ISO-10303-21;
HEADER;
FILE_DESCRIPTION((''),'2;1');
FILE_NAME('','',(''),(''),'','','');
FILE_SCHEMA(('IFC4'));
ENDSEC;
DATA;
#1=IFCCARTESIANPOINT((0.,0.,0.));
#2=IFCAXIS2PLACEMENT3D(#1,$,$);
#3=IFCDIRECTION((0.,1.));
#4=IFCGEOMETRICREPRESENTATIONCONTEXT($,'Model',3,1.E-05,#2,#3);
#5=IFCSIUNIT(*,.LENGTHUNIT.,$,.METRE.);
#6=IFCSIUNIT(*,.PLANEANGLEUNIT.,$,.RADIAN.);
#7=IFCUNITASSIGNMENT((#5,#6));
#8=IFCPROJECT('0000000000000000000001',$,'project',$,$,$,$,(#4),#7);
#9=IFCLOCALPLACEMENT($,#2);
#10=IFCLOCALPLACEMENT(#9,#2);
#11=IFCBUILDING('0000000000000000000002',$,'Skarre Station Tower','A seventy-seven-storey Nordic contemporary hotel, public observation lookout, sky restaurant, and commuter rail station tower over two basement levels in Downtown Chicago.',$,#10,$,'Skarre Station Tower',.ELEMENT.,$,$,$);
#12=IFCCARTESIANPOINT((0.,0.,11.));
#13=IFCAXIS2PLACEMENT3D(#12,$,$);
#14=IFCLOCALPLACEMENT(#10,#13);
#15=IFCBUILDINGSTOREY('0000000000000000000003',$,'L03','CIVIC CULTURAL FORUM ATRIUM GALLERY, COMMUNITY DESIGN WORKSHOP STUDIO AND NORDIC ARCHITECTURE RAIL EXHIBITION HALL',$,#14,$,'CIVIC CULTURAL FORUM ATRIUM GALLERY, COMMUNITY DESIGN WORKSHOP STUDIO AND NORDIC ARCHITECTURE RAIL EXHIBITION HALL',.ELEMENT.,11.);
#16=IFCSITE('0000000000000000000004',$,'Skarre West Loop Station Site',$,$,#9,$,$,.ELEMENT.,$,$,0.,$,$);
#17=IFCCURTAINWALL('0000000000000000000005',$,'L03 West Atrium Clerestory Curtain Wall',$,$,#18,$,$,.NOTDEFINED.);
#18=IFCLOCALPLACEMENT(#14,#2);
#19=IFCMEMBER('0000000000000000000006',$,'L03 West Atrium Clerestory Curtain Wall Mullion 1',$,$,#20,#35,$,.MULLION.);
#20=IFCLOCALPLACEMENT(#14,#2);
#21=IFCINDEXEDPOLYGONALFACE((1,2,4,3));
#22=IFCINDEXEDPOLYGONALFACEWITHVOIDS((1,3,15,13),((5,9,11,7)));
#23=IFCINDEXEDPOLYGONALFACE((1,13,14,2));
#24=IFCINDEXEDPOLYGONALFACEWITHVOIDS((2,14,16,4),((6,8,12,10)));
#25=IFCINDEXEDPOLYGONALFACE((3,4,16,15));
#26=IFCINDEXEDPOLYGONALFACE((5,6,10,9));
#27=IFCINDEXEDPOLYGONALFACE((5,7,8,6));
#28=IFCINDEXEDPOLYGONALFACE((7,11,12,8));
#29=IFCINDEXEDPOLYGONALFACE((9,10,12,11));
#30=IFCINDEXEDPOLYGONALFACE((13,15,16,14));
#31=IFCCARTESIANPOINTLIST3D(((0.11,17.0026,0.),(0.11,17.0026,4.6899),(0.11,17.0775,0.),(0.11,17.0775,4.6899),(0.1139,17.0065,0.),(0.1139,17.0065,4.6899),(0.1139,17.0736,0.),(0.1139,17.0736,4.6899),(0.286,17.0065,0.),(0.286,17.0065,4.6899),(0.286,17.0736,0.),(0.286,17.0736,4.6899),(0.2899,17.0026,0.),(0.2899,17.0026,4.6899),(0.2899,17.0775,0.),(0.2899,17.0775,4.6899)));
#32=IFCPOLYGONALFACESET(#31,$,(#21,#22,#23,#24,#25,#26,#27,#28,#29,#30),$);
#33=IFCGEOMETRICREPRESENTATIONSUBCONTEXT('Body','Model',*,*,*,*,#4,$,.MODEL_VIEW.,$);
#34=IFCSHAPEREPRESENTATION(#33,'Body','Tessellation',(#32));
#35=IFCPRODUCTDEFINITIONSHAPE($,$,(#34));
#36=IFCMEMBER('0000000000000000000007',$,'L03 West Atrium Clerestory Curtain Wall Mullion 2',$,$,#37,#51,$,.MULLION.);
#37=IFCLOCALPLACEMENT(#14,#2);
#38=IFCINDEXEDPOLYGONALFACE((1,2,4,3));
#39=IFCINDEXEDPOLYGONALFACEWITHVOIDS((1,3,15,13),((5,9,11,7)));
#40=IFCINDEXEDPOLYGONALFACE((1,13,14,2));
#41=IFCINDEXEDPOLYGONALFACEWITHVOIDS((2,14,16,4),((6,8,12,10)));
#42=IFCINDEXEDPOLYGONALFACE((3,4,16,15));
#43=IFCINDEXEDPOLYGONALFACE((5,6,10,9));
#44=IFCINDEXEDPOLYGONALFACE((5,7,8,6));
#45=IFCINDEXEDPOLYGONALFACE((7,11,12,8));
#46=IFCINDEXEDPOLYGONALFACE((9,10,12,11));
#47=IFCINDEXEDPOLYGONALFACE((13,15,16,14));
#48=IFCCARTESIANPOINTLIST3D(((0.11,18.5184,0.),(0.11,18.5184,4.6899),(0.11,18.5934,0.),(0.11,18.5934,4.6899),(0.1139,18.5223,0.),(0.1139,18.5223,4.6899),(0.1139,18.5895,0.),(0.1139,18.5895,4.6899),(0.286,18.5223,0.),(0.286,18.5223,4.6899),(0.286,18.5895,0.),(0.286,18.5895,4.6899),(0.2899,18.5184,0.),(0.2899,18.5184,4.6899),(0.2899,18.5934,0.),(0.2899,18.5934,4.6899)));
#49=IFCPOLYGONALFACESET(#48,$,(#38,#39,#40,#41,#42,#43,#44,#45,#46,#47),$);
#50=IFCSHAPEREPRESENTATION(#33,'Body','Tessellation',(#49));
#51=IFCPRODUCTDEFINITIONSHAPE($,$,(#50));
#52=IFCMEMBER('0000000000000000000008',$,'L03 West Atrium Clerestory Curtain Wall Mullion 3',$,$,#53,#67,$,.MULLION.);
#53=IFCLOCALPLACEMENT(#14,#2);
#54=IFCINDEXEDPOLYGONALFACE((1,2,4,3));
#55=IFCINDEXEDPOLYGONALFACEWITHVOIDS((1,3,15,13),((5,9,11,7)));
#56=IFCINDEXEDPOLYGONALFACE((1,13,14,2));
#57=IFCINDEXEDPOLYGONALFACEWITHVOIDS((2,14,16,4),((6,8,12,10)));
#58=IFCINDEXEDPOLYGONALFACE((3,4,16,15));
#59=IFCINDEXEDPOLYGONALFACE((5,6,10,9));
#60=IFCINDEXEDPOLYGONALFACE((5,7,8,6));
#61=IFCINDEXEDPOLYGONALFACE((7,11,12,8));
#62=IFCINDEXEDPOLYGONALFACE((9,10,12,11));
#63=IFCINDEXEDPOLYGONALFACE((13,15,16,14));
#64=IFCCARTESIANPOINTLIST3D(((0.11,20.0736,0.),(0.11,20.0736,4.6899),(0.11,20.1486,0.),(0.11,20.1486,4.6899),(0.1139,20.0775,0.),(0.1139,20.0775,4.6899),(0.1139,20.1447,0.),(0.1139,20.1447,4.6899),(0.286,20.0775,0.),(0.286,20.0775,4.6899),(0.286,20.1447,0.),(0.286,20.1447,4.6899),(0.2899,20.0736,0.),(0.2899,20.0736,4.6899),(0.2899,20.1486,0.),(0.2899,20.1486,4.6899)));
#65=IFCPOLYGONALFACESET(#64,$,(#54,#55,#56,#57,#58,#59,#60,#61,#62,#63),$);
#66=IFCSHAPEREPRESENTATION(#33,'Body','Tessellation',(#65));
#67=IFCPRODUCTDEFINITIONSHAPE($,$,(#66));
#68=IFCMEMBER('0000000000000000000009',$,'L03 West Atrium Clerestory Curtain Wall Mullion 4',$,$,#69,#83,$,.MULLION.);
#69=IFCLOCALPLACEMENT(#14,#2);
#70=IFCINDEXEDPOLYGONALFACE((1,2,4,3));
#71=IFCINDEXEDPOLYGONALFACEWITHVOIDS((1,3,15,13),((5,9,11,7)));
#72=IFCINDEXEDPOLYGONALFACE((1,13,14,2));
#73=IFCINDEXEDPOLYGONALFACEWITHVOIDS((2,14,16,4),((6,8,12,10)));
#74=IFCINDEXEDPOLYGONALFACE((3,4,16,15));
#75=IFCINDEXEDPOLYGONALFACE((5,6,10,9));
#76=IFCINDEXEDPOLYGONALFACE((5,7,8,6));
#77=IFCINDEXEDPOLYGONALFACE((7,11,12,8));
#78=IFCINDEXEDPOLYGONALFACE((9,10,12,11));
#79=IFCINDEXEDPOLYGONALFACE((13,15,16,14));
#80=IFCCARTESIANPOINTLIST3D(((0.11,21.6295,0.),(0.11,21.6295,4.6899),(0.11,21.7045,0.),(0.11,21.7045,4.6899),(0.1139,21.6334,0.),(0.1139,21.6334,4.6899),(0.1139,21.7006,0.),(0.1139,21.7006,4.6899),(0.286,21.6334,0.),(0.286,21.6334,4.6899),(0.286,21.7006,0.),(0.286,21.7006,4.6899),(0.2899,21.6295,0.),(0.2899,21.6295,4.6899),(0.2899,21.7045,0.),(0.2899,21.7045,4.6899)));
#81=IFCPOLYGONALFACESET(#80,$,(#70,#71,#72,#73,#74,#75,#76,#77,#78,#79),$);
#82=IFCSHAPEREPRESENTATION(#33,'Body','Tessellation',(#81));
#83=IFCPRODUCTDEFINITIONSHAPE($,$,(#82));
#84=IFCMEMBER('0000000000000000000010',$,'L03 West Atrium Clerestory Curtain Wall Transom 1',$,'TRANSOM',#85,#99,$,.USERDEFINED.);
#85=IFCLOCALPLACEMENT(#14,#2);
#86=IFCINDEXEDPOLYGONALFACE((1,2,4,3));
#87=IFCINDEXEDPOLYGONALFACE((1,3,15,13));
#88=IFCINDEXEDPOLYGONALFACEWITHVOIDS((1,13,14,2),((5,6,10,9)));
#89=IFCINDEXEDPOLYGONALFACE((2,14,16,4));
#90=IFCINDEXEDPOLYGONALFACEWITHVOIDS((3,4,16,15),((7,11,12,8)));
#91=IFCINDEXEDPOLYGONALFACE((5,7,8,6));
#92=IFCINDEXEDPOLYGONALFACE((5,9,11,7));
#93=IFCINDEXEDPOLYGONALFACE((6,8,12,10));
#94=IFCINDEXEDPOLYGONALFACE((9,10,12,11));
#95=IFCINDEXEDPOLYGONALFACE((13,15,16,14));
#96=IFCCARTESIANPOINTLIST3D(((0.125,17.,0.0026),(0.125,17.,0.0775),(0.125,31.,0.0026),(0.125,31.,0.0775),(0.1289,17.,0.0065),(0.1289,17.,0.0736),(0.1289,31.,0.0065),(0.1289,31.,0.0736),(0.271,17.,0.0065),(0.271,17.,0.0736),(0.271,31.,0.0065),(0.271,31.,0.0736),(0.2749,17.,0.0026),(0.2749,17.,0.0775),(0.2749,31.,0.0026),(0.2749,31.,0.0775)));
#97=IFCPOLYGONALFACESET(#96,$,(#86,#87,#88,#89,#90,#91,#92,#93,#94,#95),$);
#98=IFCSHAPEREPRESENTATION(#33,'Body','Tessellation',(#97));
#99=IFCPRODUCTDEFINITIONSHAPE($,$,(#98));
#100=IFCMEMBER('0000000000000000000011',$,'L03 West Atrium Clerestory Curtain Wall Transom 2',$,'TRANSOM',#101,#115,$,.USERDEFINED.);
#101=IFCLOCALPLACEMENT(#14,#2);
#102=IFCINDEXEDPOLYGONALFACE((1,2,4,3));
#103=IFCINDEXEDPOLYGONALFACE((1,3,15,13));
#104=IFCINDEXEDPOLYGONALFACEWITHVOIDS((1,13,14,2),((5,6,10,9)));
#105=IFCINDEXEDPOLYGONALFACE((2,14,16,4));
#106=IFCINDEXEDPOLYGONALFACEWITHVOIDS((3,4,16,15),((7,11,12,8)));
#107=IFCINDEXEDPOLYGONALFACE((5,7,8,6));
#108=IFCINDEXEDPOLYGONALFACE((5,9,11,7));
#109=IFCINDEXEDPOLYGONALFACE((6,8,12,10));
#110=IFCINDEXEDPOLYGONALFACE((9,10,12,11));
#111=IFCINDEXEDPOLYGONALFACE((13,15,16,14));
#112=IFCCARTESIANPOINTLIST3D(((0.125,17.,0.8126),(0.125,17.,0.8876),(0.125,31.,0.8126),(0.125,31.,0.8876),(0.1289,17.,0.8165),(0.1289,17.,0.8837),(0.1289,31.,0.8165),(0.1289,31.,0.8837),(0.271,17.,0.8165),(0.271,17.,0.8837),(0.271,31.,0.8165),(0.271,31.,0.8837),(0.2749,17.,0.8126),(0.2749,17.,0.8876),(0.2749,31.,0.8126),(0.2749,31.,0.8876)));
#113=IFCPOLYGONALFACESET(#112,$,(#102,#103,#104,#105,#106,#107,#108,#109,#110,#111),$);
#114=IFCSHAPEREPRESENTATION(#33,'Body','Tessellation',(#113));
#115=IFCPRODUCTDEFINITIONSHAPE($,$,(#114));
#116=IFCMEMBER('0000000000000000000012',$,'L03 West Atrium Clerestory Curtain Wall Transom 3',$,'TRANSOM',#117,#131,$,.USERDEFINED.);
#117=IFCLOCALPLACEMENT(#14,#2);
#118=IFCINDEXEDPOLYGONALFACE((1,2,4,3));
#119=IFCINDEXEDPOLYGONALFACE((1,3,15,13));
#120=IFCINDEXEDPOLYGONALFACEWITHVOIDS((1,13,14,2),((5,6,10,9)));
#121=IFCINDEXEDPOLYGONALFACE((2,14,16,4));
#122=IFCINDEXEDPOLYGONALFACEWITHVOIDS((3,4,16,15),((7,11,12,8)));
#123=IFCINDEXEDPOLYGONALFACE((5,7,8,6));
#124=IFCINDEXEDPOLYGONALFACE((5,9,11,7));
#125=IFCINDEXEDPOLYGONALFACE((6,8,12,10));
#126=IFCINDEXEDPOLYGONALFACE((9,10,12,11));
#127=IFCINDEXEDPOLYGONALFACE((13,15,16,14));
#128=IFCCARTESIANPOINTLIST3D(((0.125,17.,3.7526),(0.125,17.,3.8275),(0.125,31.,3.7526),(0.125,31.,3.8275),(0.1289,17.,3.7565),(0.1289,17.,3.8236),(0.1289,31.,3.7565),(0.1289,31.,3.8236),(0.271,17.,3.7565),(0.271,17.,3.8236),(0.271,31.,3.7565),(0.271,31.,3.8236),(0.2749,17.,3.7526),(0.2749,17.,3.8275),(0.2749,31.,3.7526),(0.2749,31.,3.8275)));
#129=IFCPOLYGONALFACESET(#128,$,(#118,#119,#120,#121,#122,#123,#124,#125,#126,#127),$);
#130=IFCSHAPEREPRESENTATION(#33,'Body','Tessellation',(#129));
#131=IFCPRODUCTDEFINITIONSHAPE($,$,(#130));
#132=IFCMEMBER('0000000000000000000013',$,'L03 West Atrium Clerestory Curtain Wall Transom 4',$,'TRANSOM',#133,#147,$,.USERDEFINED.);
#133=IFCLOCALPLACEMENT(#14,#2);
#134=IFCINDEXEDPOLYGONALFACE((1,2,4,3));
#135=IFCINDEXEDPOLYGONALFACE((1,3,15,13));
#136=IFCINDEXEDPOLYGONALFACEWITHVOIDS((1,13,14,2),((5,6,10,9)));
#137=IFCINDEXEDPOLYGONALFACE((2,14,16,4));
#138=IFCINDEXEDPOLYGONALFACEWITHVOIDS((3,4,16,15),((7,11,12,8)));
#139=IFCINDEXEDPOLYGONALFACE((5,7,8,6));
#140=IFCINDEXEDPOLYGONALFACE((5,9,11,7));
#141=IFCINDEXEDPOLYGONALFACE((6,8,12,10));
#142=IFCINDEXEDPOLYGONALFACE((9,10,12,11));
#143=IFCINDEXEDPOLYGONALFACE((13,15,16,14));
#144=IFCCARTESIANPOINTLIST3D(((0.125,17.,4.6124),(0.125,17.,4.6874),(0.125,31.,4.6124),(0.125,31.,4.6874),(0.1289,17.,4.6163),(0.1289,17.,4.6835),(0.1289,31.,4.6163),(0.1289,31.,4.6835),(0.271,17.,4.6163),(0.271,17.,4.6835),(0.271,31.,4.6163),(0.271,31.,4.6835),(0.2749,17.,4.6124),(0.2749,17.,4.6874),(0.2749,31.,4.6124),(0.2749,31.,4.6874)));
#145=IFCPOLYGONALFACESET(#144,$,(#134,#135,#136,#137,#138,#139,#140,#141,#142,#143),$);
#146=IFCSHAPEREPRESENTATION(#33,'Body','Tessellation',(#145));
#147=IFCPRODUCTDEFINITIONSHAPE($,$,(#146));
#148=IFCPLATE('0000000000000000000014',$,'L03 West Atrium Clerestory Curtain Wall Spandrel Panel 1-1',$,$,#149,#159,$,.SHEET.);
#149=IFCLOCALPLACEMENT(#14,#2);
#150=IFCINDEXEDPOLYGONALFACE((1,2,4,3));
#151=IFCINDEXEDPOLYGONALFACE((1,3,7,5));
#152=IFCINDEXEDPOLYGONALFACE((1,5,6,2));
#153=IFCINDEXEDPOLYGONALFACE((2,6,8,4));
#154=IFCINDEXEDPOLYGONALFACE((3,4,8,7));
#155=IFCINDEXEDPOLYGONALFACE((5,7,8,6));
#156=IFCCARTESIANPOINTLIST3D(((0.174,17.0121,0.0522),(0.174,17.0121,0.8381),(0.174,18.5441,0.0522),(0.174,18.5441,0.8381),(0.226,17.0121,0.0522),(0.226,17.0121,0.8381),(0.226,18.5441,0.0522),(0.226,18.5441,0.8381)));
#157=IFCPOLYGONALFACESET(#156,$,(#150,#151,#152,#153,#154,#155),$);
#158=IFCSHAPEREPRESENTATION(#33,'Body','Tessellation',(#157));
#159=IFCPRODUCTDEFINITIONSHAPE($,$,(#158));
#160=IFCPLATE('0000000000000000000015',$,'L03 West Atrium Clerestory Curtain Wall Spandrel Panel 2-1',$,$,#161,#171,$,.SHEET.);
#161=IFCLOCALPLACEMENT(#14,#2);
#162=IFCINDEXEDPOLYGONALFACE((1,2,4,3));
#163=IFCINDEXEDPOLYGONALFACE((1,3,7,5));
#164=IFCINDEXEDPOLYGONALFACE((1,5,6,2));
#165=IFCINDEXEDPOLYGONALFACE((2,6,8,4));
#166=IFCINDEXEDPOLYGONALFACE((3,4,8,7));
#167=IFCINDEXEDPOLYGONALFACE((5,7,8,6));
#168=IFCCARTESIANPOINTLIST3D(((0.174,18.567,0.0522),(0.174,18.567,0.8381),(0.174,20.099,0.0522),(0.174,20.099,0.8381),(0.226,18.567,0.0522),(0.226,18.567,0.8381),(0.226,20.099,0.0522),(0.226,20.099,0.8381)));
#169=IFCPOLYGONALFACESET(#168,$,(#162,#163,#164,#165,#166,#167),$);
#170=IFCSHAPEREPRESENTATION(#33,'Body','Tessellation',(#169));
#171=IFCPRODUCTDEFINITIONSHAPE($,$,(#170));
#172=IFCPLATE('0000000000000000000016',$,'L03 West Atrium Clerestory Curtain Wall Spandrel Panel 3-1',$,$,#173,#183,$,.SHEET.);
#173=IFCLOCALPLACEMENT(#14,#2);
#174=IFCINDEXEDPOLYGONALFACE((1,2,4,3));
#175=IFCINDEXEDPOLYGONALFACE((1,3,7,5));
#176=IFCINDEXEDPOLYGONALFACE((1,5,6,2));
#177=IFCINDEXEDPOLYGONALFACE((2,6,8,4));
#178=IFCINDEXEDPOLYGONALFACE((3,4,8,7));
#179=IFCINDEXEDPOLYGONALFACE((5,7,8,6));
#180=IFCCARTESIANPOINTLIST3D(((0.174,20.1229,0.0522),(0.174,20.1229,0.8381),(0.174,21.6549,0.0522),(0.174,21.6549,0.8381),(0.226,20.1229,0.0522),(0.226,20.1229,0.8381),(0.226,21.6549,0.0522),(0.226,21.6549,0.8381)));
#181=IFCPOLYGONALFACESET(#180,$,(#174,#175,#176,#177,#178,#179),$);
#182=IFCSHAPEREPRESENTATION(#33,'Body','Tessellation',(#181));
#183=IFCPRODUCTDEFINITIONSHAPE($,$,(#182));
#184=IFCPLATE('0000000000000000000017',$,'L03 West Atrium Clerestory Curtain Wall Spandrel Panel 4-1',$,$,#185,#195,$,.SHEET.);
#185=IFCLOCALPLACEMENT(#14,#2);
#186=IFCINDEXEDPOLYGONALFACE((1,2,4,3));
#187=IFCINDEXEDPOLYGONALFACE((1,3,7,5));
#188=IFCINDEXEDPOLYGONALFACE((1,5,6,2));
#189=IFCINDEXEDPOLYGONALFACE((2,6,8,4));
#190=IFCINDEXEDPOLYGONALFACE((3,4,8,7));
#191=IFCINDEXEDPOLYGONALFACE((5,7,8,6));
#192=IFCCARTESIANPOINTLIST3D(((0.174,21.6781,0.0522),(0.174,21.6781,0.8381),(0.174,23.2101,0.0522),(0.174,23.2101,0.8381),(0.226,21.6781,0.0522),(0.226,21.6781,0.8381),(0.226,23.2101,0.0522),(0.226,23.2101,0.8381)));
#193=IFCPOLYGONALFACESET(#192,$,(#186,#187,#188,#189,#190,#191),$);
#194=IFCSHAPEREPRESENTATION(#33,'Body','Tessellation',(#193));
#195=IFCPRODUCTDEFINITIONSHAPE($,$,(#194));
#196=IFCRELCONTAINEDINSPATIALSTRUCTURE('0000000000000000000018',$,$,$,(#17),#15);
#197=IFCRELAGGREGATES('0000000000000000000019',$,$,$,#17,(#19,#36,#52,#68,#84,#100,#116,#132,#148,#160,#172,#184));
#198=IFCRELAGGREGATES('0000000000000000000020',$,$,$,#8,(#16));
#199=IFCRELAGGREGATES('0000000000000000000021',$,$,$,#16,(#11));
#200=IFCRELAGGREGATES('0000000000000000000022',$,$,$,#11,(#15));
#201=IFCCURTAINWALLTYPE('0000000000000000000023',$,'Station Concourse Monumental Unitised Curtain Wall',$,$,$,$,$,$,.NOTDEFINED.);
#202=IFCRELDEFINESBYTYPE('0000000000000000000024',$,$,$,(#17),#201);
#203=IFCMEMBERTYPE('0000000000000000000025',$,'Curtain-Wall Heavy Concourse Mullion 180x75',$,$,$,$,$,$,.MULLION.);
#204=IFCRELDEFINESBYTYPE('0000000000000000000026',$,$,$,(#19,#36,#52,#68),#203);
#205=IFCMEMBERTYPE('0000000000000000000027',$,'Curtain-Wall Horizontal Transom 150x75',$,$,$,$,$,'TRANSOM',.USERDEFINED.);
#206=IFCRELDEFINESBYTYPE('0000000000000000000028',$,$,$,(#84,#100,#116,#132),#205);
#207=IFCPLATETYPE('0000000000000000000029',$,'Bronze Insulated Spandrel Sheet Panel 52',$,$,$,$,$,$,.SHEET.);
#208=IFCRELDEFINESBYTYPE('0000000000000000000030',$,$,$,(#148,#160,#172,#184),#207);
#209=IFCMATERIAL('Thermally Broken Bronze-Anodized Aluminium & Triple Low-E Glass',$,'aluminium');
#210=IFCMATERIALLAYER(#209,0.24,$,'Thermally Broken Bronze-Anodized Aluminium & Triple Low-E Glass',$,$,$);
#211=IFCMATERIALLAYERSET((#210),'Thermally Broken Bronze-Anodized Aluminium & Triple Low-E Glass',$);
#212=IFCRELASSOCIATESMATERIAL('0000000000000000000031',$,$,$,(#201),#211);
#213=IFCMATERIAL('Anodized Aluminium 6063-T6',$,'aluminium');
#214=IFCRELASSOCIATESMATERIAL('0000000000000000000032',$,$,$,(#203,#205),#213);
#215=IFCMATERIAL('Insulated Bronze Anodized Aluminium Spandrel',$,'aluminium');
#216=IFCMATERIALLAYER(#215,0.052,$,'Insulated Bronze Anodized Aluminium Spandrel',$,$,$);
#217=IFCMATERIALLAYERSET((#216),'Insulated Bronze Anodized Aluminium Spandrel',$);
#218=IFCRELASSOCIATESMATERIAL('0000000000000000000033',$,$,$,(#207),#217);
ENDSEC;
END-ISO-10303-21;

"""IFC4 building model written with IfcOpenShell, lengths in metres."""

from ifc_helpers import new_model, si_unit, direction, frame, origin, origin_2d, place, context, subcontext, project, spatial, rectangle, hollow_rectangle, extrude, material, layer, layer_set, material_profile, profile_set, type_object, element, aggregate, save


model = new_model("IFC4")

# Units and contexts
model_context = context("Model", 3, precision=1e-05, world=origin(), true_north=direction((0.0, 1.0)))
body_context = subcontext(model_context, "Body", "Model", "MODEL_VIEW")
ifc_project = project(units=[si_unit("LENGTHUNIT", "METRE"), si_unit("PLANEANGLEUNIT", "RADIAN")], contexts=[model_context])

# Site, building, storey
site_placement = place(None, origin())
site = spatial("IfcSite", under=ifc_project, at=site_placement, Name="Skarre West Loop Station Site", CompositionType="ELEMENT", RefElevation=0.0)
building_placement = place(site_placement, origin())
building = spatial("IfcBuilding", under=site, at=building_placement, Name="Skarre Station Tower", Description="A seventy-seven-storey Nordic contemporary hotel, public observation lookout, sky restaurant, and commuter rail station tower over two basement levels in Downtown Chicago.", LongName="Skarre Station Tower", CompositionType="ELEMENT")
storey_placement = place(building_placement, frame((0.0, 0.0, 11.0)))
storey = spatial("IfcBuildingStorey", under=building, at=storey_placement, Name="L03", Description="CIVIC CULTURAL FORUM ATRIUM GALLERY, COMMUNITY DESIGN WORKSHOP STUDIO AND NORDIC ARCHITECTURE RAIL EXHIBITION HALL", LongName="CIVIC CULTURAL FORUM ATRIUM GALLERY, COMMUNITY DESIGN WORKSHOP STUDIO AND NORDIC ARCHITECTURE RAIL EXHIBITION HALL", CompositionType="ELEMENT", Elevation=11.0)

# Curtain wall, members, plates
ifc_material_1 = material(Name="Thermally Broken Bronze-Anodized Aluminium & Triple Low-E Glass", Category="aluminium")
ifc_layer_1 = layer(ifc_material_1, 0.24, Name="Thermally Broken Bronze-Anodized Aluminium & Triple Low-E Glass")
ifc_layer_set_1 = layer_set([ifc_layer_1], Name="Thermally Broken Bronze-Anodized Aluminium & Triple Low-E Glass")
curtain_wall_type = type_object("IfcCurtainWallType", Name="Station Concourse Monumental Unitised Curtain Wall", PredefinedType="NOTDEFINED", material=ifc_layer_set_1)
curtain_wall_placement = place(storey_placement, origin())
curtain_wall = element("IfcCurtainWall", 1, at=curtain_wall_placement, inside=storey, type_object=curtain_wall_type, Name="L03 West Atrium Clerestory Curtain Wall", PredefinedType="NOTDEFINED")
ifc_material_2 = material(Name="Anodized Aluminium 6063-T6", Category="aluminium")
ifc_material_profile_1 = material_profile(ifc_material_2, hollow_rectangle(XDim=0.075, YDim=0.1799, WallThickness=0.0039, at=origin_2d()), Name="Anodized Aluminium 6063-T6")
ifc_profile_set_1 = profile_set([ifc_material_profile_1], Name="Anodized Aluminium 6063-T6")
member_type_1 = type_object("IfcMemberType", Name="Curtain-Wall Heavy Concourse Mullion 180x75", PredefinedType="MULLION", material=ifc_profile_set_1)
member_1_placement = place(storey_placement, frame((0.2, 17.04, 0.0), z_axis=(0.0, 0.0, 1.0), x_axis=(0.0, 1.0, 0.0)))
member_1 = element("IfcMember", 2, at=member_1_placement, type_object=member_type_1, Name="L03 West Atrium Clerestory Curtain Wall Mullion 1", PredefinedType="MULLION", context=body_context, shape_type="SweptSolid", body=[
    extrude(hollow_rectangle(XDim=0.075, YDim=0.1799, WallThickness=0.0039, at=origin_2d()), origin(), (0.0, 0.0, 1.0), 4.6899),
])
member_2_placement = place(storey_placement, frame((0.2, 18.5559, 0.0), z_axis=(0.0, 0.0, 1.0), x_axis=(0.0, 1.0, 0.0)))
member_2 = element("IfcMember", 3, at=member_2_placement, type_object=member_type_1, Name="L03 West Atrium Clerestory Curtain Wall Mullion 2", PredefinedType="MULLION", context=body_context, shape_type="SweptSolid", body=[
    extrude(hollow_rectangle(XDim=0.075, YDim=0.1799, WallThickness=0.0039, at=origin_2d()), origin(), (0.0, 0.0, 1.0), 4.6899),
])
member_3_placement = place(storey_placement, frame((0.2, 20.1111, 0.0), z_axis=(0.0, 0.0, 1.0), x_axis=(0.0, 1.0, 0.0)))
member_3 = element("IfcMember", 4, at=member_3_placement, type_object=member_type_1, Name="L03 West Atrium Clerestory Curtain Wall Mullion 3", PredefinedType="MULLION", context=body_context, shape_type="SweptSolid", body=[
    extrude(hollow_rectangle(XDim=0.075, YDim=0.1799, WallThickness=0.0039, at=origin_2d()), origin(), (0.0, 0.0, 1.0), 4.6899),
])
member_4_placement = place(storey_placement, frame((0.2, 21.667, 0.0), z_axis=(0.0, 0.0, 1.0), x_axis=(0.0, 1.0, 0.0)))
member_4 = element("IfcMember", 5, at=member_4_placement, type_object=member_type_1, Name="L03 West Atrium Clerestory Curtain Wall Mullion 4", PredefinedType="MULLION", context=body_context, shape_type="SweptSolid", body=[
    extrude(hollow_rectangle(XDim=0.075, YDim=0.1799, WallThickness=0.0039, at=origin_2d()), origin(), (0.0, 0.0, 1.0), 4.6899),
])
ifc_material_profile_2 = material_profile(ifc_material_2, hollow_rectangle(XDim=0.075, YDim=0.1499, WallThickness=0.0039, at=origin_2d()), Name="Anodized Aluminium 6063-T6")
ifc_profile_set_2 = profile_set([ifc_material_profile_2], Name="Anodized Aluminium 6063-T6")
member_type_2 = type_object("IfcMemberType", Name="Curtain-Wall Horizontal Transom 150x75", ElementType="TRANSOM", PredefinedType="USERDEFINED", material=ifc_profile_set_2)
member_5_placement = place(storey_placement, frame((0.2, 17.0, 0.04), z_axis=(0.0, 1.0, 0.0), x_axis=(0.0, 0.0, 1.0)))
member_5 = element("IfcMember", 6, at=member_5_placement, type_object=member_type_2, Name="L03 West Atrium Clerestory Curtain Wall Transom 1", ObjectType="TRANSOM", PredefinedType="USERDEFINED", context=body_context, shape_type="SweptSolid", body=[
    extrude(hollow_rectangle(XDim=0.075, YDim=0.1499, WallThickness=0.0039, at=origin_2d()), origin(), (0.0, 0.0, 1.0), 14.0),
])
member_6_placement = place(storey_placement, frame((0.2, 17.0, 0.8501), z_axis=(0.0, 1.0, 0.0), x_axis=(0.0, 0.0, 1.0)))
member_6 = element("IfcMember", 7, at=member_6_placement, type_object=member_type_2, Name="L03 West Atrium Clerestory Curtain Wall Transom 2", ObjectType="TRANSOM", PredefinedType="USERDEFINED", context=body_context, shape_type="SweptSolid", body=[
    extrude(hollow_rectangle(XDim=0.075, YDim=0.1499, WallThickness=0.0039, at=origin_2d()), origin(), (0.0, 0.0, 1.0), 14.0),
])
member_7_placement = place(storey_placement, frame((0.2, 17.0, 3.79), z_axis=(0.0, 1.0, 0.0), x_axis=(0.0, 0.0, 1.0)))
member_7 = element("IfcMember", 8, at=member_7_placement, type_object=member_type_2, Name="L03 West Atrium Clerestory Curtain Wall Transom 3", ObjectType="TRANSOM", PredefinedType="USERDEFINED", context=body_context, shape_type="SweptSolid", body=[
    extrude(hollow_rectangle(XDim=0.075, YDim=0.1499, WallThickness=0.0039, at=origin_2d()), origin(), (0.0, 0.0, 1.0), 14.0),
])
member_8_placement = place(storey_placement, frame((0.2, 17.0, 4.6499), z_axis=(0.0, 1.0, 0.0), x_axis=(0.0, 0.0, 1.0)))
member_8 = element("IfcMember", 9, at=member_8_placement, type_object=member_type_2, Name="L03 West Atrium Clerestory Curtain Wall Transom 4", ObjectType="TRANSOM", PredefinedType="USERDEFINED", context=body_context, shape_type="SweptSolid", body=[
    extrude(hollow_rectangle(XDim=0.075, YDim=0.1499, WallThickness=0.0039, at=origin_2d()), origin(), (0.0, 0.0, 1.0), 14.0),
])
ifc_material_3 = material(Name="Insulated Bronze Anodized Aluminium Spandrel", Category="aluminium")
ifc_layer_2 = layer(ifc_material_3, 0.052, Name="Insulated Bronze Anodized Aluminium Spandrel")
ifc_layer_set_2 = layer_set([ifc_layer_2], Name="Insulated Bronze Anodized Aluminium Spandrel")
plate_type_1 = type_object("IfcPlateType", Name="Bronze Insulated Spandrel Sheet Panel 52", PredefinedType="SHEET", material=ifc_layer_set_2)
plate_1_placement = place(storey_placement, frame((0.2, 17.7781, 0.0522), z_axis=(0.0, 0.0, 1.0), x_axis=(0.0, 1.0, 0.0)))
plate_1 = element("IfcPlate", 10, at=plate_1_placement, type_object=plate_type_1, Name="L03 West Atrium Clerestory Curtain Wall Spandrel Panel 1-1", PredefinedType="SHEET", context=body_context, shape_type="SweptSolid", body=[
    extrude(rectangle(XDim=1.532, YDim=0.052, at=origin_2d()), origin(), (0.0, 0.0, 1.0), 0.7859),
])
plate_2_placement = place(storey_placement, frame((0.2, 19.333, 0.0522), z_axis=(0.0, 0.0, 1.0), x_axis=(0.0, 1.0, 0.0)))
plate_2 = element("IfcPlate", 11, at=plate_2_placement, type_object=plate_type_1, Name="L03 West Atrium Clerestory Curtain Wall Spandrel Panel 2-1", PredefinedType="SHEET", context=body_context, shape_type="SweptSolid", body=[
    extrude(rectangle(XDim=1.532, YDim=0.052, at=origin_2d()), origin(), (0.0, 0.0, 1.0), 0.7859),
])
plate_3_placement = place(storey_placement, frame((0.2, 20.8889, 0.0522), z_axis=(0.0, 0.0, 1.0), x_axis=(0.0, 1.0, 0.0)))
plate_3 = element("IfcPlate", 12, at=plate_3_placement, type_object=plate_type_1, Name="L03 West Atrium Clerestory Curtain Wall Spandrel Panel 3-1", PredefinedType="SHEET", context=body_context, shape_type="SweptSolid", body=[
    extrude(rectangle(XDim=1.532, YDim=0.052, at=origin_2d()), origin(), (0.0, 0.0, 1.0), 0.7859),
])
plate_4_placement = place(storey_placement, frame((0.2, 22.4441, 0.0522), z_axis=(0.0, 0.0, 1.0), x_axis=(0.0, 1.0, 0.0)))
plate_4 = element("IfcPlate", 13, at=plate_4_placement, type_object=plate_type_1, Name="L03 West Atrium Clerestory Curtain Wall Spandrel Panel 4-1", PredefinedType="SHEET", context=body_context, shape_type="SweptSolid", body=[
    extrude(rectangle(XDim=1.532, YDim=0.052, at=origin_2d()), origin(), (0.0, 0.0, 1.0), 0.7859),
])
aggregate(curtain_wall, [member_1, member_2, member_3, member_4, member_5, member_6, member_7, member_8, plate_1, plate_2, plate_3, plate_4])

save(model, "model.ifc")
